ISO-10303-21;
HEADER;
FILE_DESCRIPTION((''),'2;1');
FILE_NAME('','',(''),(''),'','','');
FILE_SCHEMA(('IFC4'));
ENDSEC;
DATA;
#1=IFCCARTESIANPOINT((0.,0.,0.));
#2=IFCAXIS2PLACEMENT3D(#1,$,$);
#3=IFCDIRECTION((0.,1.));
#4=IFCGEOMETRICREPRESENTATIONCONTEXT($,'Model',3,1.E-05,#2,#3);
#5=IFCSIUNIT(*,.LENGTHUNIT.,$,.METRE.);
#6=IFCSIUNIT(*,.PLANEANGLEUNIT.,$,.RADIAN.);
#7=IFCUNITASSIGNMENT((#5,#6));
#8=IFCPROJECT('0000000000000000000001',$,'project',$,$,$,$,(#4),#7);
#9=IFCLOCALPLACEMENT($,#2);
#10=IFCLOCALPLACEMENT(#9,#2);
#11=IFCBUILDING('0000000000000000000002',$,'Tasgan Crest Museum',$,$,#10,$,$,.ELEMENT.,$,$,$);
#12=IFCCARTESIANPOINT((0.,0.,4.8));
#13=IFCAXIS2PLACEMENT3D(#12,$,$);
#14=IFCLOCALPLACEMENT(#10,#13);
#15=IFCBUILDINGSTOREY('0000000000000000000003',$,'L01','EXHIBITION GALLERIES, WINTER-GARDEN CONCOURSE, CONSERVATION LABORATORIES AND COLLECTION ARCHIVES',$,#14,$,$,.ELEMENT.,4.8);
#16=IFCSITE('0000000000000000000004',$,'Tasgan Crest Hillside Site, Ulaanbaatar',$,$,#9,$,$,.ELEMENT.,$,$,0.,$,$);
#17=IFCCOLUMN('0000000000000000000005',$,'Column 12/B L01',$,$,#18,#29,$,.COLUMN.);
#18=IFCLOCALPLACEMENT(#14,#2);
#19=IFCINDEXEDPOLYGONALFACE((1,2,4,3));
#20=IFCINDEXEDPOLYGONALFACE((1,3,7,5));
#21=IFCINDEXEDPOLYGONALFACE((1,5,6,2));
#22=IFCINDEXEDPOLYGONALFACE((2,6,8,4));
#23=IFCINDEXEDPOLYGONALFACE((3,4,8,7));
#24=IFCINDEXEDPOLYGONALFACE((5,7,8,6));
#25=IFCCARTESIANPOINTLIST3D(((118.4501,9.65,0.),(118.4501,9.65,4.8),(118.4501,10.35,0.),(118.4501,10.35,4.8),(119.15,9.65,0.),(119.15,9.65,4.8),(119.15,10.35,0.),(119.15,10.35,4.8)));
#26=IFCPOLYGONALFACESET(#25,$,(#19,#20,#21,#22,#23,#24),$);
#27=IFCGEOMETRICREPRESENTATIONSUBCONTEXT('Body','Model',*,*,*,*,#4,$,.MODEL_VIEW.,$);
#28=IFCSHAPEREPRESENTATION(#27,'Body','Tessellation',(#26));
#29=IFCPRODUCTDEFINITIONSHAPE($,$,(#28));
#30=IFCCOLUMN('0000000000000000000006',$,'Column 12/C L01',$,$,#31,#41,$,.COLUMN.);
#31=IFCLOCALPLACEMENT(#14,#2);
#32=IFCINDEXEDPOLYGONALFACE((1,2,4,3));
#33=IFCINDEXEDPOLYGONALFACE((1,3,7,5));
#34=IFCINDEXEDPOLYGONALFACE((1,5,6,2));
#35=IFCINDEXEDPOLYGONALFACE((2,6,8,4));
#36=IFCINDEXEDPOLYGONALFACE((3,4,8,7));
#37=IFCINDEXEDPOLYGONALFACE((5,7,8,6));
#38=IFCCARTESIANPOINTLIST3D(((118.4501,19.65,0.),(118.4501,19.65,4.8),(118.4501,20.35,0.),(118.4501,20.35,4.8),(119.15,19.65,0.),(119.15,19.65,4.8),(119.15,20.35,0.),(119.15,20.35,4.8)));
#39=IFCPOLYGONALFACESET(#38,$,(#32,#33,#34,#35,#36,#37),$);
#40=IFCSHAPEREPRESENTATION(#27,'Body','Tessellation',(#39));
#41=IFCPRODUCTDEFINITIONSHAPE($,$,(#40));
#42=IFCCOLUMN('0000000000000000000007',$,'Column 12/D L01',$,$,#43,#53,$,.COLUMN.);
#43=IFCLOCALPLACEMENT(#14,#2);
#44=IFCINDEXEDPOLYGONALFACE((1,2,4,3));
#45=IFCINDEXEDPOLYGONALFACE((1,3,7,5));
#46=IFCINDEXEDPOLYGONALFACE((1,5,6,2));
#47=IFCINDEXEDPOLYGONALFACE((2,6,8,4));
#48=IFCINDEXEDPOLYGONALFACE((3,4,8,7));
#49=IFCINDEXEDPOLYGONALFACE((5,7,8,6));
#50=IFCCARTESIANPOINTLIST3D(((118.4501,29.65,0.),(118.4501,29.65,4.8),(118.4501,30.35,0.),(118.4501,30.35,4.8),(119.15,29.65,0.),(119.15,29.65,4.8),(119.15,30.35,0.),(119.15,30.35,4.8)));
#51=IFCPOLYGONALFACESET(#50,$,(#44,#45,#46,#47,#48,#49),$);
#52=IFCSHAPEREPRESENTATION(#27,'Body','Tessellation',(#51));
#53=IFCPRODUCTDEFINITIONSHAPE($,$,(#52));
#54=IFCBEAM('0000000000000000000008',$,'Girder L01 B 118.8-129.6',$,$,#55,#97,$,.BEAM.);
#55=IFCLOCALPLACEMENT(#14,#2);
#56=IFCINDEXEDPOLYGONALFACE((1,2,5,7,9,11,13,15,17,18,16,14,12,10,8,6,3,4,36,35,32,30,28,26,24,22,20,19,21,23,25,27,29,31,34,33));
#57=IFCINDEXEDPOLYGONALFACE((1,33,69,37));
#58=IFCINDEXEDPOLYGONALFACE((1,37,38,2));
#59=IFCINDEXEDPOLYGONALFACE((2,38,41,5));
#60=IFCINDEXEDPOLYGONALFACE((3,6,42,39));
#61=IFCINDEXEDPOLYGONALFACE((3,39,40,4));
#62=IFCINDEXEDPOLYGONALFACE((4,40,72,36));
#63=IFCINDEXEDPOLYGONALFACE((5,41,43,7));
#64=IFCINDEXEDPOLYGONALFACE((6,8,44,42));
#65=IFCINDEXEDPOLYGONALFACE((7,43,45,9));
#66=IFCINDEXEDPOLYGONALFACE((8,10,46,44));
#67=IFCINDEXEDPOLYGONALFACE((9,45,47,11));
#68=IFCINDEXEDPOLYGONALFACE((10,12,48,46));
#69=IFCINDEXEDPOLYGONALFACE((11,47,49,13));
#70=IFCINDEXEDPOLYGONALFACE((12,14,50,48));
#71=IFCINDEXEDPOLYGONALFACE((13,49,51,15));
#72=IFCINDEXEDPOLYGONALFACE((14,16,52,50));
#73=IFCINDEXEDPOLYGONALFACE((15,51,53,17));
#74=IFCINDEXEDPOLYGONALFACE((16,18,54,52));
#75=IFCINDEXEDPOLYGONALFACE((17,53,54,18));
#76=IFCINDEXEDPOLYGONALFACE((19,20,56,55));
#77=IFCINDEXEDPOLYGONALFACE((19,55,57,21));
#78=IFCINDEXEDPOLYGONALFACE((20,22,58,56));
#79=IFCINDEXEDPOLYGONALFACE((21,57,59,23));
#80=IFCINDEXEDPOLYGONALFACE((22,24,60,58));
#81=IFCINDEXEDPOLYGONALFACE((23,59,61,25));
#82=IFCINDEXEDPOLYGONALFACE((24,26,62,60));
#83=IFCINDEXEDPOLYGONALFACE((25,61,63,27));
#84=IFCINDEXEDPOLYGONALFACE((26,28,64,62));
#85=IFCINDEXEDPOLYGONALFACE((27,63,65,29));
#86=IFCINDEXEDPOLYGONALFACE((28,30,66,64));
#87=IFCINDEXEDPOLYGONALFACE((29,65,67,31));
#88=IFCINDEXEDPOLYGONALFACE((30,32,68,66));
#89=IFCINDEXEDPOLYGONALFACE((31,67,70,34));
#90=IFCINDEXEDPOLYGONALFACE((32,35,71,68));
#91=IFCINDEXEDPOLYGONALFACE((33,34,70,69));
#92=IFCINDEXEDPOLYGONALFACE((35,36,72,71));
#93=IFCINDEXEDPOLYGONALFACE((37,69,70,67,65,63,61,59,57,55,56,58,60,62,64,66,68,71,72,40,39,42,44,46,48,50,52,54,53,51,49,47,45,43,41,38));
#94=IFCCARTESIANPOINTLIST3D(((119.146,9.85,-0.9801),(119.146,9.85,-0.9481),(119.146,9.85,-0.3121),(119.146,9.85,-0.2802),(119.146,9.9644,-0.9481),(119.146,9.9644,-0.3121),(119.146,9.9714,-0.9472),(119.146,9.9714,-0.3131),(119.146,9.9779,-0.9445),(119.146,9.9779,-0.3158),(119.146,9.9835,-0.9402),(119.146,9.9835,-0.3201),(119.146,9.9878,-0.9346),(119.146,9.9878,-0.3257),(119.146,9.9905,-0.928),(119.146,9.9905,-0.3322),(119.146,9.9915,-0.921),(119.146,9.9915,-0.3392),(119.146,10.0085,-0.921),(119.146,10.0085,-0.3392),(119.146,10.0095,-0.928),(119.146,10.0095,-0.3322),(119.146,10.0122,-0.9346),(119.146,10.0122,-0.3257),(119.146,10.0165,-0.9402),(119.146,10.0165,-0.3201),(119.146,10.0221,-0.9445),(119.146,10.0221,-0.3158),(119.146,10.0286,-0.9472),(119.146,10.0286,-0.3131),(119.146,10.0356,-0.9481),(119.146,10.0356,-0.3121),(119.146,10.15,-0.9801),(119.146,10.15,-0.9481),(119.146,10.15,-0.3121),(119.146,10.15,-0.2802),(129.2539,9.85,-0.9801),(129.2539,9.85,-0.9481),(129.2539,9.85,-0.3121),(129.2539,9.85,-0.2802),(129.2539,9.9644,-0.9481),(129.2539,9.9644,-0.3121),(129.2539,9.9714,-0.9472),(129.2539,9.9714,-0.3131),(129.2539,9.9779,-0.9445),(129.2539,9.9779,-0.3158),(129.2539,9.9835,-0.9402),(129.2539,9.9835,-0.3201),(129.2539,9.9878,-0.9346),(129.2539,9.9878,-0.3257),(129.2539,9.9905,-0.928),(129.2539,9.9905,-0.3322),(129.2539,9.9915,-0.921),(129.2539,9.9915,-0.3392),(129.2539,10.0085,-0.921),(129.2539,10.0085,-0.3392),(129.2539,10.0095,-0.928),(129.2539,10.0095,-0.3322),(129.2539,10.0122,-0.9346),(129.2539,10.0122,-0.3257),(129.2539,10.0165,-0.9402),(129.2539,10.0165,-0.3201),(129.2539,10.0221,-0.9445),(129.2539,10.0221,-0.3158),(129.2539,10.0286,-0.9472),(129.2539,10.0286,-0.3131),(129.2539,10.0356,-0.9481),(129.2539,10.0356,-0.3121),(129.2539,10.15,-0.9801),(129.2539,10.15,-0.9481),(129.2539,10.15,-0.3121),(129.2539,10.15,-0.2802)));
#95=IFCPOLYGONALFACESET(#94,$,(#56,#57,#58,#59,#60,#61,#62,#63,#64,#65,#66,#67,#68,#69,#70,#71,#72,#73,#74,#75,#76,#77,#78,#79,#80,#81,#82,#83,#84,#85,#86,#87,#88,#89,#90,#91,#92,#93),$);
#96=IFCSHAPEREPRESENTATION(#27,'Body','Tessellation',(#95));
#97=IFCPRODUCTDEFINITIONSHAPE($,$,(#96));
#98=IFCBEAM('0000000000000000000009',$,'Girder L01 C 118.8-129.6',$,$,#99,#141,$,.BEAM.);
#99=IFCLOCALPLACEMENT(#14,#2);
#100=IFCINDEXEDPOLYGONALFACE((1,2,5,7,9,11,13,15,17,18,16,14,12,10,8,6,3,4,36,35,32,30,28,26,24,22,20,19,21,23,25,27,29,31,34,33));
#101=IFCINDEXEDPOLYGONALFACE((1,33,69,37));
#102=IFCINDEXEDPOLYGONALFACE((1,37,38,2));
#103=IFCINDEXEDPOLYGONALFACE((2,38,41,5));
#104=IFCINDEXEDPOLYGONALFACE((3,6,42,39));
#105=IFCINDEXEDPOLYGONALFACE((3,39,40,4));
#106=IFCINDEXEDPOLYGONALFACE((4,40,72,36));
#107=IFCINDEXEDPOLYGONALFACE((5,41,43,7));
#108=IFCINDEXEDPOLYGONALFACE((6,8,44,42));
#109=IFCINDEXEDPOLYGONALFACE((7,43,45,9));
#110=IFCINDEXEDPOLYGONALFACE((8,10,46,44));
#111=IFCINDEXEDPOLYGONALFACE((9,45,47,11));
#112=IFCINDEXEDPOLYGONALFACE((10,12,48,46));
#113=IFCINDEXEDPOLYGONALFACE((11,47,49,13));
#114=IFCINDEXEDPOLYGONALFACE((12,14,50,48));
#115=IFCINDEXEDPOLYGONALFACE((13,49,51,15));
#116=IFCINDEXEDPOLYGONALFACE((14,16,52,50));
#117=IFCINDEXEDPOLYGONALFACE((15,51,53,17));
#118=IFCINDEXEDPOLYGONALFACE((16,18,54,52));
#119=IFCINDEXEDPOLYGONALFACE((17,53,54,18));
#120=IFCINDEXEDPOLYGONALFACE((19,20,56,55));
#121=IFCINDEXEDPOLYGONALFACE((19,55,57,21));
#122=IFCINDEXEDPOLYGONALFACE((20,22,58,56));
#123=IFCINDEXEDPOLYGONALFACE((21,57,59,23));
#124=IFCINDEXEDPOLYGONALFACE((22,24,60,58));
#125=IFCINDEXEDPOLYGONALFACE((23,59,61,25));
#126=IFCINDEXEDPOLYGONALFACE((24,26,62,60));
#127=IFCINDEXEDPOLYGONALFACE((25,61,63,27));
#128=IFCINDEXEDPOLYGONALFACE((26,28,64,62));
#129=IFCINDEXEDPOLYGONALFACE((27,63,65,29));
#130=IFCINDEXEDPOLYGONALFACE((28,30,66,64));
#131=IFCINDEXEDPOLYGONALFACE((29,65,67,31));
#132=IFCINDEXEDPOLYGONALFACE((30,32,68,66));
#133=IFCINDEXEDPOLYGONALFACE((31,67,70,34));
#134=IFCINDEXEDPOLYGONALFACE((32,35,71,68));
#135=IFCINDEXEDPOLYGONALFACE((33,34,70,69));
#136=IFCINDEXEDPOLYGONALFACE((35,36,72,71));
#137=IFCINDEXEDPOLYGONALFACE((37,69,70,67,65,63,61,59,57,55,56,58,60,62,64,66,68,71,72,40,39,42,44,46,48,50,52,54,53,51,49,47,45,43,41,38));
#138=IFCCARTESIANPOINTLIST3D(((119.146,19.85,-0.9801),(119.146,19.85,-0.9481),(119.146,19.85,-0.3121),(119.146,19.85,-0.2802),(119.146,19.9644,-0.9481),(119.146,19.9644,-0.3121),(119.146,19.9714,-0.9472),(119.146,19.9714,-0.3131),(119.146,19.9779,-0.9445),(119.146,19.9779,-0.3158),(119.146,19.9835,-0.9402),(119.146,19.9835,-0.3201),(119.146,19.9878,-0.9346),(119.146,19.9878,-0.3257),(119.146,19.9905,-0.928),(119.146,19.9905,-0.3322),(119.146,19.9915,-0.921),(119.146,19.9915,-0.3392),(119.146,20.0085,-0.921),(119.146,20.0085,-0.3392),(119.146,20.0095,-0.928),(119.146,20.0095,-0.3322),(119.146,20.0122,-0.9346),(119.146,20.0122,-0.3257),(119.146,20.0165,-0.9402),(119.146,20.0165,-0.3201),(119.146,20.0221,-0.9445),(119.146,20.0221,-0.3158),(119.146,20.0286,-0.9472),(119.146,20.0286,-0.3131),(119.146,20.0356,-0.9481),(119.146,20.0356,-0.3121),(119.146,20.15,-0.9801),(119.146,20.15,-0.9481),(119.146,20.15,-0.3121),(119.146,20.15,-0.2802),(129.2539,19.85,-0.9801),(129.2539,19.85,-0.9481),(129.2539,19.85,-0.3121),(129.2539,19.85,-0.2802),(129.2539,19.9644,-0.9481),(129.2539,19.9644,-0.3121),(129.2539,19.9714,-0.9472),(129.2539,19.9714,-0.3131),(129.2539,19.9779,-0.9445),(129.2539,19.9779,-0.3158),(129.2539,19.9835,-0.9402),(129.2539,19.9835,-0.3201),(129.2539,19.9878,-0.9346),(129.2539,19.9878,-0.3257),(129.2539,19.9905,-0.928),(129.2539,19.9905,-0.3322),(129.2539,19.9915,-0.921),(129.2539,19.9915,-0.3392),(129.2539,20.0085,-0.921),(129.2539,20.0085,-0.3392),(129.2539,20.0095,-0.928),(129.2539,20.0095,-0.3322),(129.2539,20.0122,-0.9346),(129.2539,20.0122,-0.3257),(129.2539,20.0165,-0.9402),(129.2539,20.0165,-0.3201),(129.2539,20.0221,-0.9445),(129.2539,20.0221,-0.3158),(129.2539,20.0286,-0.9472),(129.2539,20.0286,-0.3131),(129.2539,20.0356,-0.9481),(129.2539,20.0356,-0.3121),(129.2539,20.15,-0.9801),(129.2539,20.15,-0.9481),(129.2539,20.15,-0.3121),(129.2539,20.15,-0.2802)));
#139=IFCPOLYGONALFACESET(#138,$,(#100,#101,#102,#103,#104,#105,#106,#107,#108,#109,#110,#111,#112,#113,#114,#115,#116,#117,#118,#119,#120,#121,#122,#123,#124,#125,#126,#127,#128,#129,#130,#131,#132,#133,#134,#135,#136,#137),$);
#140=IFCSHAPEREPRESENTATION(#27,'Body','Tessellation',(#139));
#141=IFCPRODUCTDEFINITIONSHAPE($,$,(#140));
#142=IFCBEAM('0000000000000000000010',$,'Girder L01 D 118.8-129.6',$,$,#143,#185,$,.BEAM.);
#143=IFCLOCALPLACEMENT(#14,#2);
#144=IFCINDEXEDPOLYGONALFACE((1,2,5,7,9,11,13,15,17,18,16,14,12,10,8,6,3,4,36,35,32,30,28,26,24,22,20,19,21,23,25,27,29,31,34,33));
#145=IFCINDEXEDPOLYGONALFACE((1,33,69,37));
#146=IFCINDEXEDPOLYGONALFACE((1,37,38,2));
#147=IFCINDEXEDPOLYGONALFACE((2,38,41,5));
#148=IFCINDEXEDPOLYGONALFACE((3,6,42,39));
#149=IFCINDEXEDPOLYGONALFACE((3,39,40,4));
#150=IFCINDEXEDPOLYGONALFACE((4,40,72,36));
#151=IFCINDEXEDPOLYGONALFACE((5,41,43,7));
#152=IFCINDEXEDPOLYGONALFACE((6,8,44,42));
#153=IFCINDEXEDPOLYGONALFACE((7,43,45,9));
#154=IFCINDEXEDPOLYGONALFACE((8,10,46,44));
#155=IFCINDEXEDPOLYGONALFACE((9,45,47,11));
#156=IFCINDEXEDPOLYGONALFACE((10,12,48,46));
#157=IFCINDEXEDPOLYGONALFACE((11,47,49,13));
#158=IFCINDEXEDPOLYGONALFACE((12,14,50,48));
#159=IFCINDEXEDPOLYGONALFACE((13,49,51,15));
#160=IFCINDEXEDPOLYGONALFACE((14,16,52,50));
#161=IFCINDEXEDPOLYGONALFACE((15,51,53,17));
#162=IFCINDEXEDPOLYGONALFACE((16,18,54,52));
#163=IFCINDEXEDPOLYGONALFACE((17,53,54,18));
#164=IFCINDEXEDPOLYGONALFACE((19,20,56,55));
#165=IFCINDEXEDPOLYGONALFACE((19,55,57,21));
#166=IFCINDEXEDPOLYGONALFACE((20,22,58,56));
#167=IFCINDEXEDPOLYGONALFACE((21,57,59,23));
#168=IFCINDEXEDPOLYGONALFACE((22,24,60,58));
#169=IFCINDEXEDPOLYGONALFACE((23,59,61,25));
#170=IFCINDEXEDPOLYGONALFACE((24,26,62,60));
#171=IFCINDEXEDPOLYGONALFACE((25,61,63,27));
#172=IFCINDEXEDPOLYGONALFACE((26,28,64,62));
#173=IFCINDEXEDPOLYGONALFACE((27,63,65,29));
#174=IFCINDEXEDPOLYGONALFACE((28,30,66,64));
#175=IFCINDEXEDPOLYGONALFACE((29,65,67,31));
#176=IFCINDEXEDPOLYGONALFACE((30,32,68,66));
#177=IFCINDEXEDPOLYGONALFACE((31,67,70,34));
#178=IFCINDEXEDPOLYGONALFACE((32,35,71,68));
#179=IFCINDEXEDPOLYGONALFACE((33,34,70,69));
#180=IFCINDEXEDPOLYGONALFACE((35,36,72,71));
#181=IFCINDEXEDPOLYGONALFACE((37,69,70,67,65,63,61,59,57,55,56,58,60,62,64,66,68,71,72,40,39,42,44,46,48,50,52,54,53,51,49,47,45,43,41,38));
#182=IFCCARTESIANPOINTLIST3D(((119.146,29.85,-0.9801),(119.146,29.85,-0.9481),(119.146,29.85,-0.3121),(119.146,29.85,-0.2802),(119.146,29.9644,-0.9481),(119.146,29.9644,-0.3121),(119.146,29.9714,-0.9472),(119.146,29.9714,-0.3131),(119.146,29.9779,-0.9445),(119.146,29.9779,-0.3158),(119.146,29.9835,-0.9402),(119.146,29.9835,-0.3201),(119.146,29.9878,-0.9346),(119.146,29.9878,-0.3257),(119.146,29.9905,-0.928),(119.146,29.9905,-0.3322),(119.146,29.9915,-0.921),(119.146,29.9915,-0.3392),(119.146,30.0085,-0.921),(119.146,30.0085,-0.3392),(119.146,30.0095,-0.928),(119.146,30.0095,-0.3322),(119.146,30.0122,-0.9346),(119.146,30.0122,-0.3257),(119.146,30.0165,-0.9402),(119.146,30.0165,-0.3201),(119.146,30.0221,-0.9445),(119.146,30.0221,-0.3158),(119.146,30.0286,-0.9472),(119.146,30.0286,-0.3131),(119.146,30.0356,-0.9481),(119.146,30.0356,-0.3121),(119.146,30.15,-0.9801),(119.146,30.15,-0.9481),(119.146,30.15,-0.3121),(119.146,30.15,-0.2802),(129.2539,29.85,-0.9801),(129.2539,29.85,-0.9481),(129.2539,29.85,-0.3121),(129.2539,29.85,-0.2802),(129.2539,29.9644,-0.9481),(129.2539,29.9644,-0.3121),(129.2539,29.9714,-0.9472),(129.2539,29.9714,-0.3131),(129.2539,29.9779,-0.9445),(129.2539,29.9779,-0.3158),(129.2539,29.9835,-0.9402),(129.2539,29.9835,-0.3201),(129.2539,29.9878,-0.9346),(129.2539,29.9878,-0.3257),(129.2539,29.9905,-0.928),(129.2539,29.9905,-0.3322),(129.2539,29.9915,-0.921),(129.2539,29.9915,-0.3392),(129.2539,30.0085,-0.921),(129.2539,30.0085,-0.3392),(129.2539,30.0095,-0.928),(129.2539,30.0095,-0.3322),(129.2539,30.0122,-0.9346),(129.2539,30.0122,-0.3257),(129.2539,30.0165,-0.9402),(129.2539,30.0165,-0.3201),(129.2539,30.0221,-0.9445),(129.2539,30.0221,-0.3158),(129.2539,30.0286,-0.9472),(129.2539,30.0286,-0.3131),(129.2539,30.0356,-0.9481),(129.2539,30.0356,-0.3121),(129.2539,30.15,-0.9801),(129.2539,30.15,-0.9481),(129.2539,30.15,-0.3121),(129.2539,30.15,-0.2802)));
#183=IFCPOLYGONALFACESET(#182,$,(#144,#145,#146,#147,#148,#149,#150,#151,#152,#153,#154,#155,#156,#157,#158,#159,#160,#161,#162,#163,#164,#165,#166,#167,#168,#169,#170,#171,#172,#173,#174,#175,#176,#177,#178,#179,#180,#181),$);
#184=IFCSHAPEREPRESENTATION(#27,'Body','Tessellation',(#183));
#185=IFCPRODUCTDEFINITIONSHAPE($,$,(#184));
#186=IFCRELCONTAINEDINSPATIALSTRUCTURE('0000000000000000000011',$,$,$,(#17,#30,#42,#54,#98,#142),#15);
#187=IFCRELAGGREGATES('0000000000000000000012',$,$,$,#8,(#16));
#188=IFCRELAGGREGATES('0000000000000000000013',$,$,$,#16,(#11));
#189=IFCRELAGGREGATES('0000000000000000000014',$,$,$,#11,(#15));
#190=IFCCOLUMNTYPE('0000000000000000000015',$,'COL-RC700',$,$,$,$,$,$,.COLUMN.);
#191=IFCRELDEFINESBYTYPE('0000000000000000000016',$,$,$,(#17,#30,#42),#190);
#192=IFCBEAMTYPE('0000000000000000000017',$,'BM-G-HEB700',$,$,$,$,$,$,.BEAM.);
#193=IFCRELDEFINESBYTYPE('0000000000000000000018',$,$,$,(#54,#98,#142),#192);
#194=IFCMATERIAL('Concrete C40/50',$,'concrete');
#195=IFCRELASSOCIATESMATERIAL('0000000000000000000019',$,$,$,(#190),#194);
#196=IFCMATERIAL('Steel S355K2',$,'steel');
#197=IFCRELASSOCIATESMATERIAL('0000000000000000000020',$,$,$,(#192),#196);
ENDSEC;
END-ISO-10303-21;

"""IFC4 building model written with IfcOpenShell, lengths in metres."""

from ifc_helpers import new_model, si_unit, direction, frame, origin, origin_2d, place, context, subcontext, project, spatial, rectangle, i_section, extrude, material, material_profile, profile_set, type_object, element, save


model = new_model("IFC4")

# Units and contexts
model_context = context("Model", 3, precision=1e-05, world=origin(), true_north=direction((0.0, 1.0)))
body_context = subcontext(model_context, "Body", "Model", "MODEL_VIEW")
ifc_project = project(units=[si_unit("LENGTHUNIT", "METRE"), si_unit("PLANEANGLEUNIT", "RADIAN")], contexts=[model_context])

# Site, building, storey
site_placement = place(None, origin())
site = spatial("IfcSite", under=ifc_project, at=site_placement, Name="Tasgan Crest Hillside Site, Ulaanbaatar", CompositionType="ELEMENT", RefElevation=0.0)
building_placement = place(site_placement, origin())
building = spatial("IfcBuilding", under=site, at=building_placement, Name="Tasgan Crest Museum", CompositionType="ELEMENT")
storey_placement = place(building_placement, frame((0.0, 0.0, 4.8)))
storey = spatial("IfcBuildingStorey", under=building, at=storey_placement, Name="L01", Description="EXHIBITION GALLERIES, WINTER-GARDEN CONCOURSE, CONSERVATION LABORATORIES AND COLLECTION ARCHIVES", CompositionType="ELEMENT", Elevation=4.8)

# Columns
ifc_material_1 = material(Name="Concrete C40/50", Category="concrete")
ifc_material_profile_1 = material_profile(ifc_material_1, rectangle(XDim=0.7, YDim=0.7, at=origin_2d()), Name="RC 700x700")
ifc_profile_set_1 = profile_set([ifc_material_profile_1], Name="Concrete C40/50")
column_type = type_object("IfcColumnType", Name="COL-RC700", PredefinedType="COLUMN", material=ifc_profile_set_1)
for number, where, z_axis, x_axis, name in (
    (1, (118.8, 10.0, 0.0), (0.0, 0.0, 1.0), (1.0, 0.0, 0.0), "Column 12/B L01"),
    (2, (118.8, 20.0, 0.0), (0.0, 0.0, 1.0), (1.0, 0.0, 0.0), "Column 12/C L01"),
    (3, (118.8, 30.0, 0.0), (0.0, 0.0, 1.0), (1.0, 0.0, 0.0), "Column 12/D L01"),
):
    element("IfcColumn", number, at=place(storey_placement, frame(where, z_axis=z_axis, x_axis=x_axis)), inside=storey, type_object=column_type, Name=name, PredefinedType="COLUMN", context=body_context, shape_type="SweptSolid", body=[
        extrude(rectangle(XDim=0.7, YDim=0.7, at=origin_2d()), origin(), (0.0, 0.0, 1.0), 4.8),
    ])

# Beams
ifc_material_2 = material(Name="Steel S355K2", Category="steel")
ifc_material_profile_2 = material_profile(ifc_material_2, i_section(OverallWidth=0.3, OverallDepth=0.7, WebThickness=0.0171, FlangeThickness=0.032, FilletRadius=0.0271, at=origin_2d()), Name="HEB 700")
ifc_profile_set_2 = profile_set([ifc_material_profile_2], Name="Steel S355K2")
beam_type_1 = type_object("IfcBeamType", Name="BM-G-HEB700", PredefinedType="BEAM", material=ifc_profile_set_2)
for number, where, z_axis, x_axis, name in (
    (4, (119.146, 10.0, -0.6301), (1.0, 0.0, 0.0), (0.0, 1.0, 0.0), "Girder L01 B 118.8-129.6"),
    (5, (119.146, 20.0, -0.6301), (1.0, 0.0, 0.0), (0.0, 1.0, 0.0), "Girder L01 C 118.8-129.6"),
    (6, (119.146, 30.0, -0.6301), (1.0, 0.0, 0.0), (0.0, 1.0, 0.0), "Girder L01 D 118.8-129.6"),
):
    element("IfcBeam", number, at=place(storey_placement, frame(where, z_axis=z_axis, x_axis=x_axis)), inside=storey, type_object=beam_type_1, Name=name, PredefinedType="BEAM", context=body_context, shape_type="SweptSolid", body=[
        extrude(i_section(OverallWidth=0.3, OverallDepth=0.7, WebThickness=0.0171, FlangeThickness=0.032, FilletRadius=0.0271, at=origin_2d()), origin(), (0.0, 0.0, 1.0), 10.1079),
    ])

save(model, "model.ifc")
